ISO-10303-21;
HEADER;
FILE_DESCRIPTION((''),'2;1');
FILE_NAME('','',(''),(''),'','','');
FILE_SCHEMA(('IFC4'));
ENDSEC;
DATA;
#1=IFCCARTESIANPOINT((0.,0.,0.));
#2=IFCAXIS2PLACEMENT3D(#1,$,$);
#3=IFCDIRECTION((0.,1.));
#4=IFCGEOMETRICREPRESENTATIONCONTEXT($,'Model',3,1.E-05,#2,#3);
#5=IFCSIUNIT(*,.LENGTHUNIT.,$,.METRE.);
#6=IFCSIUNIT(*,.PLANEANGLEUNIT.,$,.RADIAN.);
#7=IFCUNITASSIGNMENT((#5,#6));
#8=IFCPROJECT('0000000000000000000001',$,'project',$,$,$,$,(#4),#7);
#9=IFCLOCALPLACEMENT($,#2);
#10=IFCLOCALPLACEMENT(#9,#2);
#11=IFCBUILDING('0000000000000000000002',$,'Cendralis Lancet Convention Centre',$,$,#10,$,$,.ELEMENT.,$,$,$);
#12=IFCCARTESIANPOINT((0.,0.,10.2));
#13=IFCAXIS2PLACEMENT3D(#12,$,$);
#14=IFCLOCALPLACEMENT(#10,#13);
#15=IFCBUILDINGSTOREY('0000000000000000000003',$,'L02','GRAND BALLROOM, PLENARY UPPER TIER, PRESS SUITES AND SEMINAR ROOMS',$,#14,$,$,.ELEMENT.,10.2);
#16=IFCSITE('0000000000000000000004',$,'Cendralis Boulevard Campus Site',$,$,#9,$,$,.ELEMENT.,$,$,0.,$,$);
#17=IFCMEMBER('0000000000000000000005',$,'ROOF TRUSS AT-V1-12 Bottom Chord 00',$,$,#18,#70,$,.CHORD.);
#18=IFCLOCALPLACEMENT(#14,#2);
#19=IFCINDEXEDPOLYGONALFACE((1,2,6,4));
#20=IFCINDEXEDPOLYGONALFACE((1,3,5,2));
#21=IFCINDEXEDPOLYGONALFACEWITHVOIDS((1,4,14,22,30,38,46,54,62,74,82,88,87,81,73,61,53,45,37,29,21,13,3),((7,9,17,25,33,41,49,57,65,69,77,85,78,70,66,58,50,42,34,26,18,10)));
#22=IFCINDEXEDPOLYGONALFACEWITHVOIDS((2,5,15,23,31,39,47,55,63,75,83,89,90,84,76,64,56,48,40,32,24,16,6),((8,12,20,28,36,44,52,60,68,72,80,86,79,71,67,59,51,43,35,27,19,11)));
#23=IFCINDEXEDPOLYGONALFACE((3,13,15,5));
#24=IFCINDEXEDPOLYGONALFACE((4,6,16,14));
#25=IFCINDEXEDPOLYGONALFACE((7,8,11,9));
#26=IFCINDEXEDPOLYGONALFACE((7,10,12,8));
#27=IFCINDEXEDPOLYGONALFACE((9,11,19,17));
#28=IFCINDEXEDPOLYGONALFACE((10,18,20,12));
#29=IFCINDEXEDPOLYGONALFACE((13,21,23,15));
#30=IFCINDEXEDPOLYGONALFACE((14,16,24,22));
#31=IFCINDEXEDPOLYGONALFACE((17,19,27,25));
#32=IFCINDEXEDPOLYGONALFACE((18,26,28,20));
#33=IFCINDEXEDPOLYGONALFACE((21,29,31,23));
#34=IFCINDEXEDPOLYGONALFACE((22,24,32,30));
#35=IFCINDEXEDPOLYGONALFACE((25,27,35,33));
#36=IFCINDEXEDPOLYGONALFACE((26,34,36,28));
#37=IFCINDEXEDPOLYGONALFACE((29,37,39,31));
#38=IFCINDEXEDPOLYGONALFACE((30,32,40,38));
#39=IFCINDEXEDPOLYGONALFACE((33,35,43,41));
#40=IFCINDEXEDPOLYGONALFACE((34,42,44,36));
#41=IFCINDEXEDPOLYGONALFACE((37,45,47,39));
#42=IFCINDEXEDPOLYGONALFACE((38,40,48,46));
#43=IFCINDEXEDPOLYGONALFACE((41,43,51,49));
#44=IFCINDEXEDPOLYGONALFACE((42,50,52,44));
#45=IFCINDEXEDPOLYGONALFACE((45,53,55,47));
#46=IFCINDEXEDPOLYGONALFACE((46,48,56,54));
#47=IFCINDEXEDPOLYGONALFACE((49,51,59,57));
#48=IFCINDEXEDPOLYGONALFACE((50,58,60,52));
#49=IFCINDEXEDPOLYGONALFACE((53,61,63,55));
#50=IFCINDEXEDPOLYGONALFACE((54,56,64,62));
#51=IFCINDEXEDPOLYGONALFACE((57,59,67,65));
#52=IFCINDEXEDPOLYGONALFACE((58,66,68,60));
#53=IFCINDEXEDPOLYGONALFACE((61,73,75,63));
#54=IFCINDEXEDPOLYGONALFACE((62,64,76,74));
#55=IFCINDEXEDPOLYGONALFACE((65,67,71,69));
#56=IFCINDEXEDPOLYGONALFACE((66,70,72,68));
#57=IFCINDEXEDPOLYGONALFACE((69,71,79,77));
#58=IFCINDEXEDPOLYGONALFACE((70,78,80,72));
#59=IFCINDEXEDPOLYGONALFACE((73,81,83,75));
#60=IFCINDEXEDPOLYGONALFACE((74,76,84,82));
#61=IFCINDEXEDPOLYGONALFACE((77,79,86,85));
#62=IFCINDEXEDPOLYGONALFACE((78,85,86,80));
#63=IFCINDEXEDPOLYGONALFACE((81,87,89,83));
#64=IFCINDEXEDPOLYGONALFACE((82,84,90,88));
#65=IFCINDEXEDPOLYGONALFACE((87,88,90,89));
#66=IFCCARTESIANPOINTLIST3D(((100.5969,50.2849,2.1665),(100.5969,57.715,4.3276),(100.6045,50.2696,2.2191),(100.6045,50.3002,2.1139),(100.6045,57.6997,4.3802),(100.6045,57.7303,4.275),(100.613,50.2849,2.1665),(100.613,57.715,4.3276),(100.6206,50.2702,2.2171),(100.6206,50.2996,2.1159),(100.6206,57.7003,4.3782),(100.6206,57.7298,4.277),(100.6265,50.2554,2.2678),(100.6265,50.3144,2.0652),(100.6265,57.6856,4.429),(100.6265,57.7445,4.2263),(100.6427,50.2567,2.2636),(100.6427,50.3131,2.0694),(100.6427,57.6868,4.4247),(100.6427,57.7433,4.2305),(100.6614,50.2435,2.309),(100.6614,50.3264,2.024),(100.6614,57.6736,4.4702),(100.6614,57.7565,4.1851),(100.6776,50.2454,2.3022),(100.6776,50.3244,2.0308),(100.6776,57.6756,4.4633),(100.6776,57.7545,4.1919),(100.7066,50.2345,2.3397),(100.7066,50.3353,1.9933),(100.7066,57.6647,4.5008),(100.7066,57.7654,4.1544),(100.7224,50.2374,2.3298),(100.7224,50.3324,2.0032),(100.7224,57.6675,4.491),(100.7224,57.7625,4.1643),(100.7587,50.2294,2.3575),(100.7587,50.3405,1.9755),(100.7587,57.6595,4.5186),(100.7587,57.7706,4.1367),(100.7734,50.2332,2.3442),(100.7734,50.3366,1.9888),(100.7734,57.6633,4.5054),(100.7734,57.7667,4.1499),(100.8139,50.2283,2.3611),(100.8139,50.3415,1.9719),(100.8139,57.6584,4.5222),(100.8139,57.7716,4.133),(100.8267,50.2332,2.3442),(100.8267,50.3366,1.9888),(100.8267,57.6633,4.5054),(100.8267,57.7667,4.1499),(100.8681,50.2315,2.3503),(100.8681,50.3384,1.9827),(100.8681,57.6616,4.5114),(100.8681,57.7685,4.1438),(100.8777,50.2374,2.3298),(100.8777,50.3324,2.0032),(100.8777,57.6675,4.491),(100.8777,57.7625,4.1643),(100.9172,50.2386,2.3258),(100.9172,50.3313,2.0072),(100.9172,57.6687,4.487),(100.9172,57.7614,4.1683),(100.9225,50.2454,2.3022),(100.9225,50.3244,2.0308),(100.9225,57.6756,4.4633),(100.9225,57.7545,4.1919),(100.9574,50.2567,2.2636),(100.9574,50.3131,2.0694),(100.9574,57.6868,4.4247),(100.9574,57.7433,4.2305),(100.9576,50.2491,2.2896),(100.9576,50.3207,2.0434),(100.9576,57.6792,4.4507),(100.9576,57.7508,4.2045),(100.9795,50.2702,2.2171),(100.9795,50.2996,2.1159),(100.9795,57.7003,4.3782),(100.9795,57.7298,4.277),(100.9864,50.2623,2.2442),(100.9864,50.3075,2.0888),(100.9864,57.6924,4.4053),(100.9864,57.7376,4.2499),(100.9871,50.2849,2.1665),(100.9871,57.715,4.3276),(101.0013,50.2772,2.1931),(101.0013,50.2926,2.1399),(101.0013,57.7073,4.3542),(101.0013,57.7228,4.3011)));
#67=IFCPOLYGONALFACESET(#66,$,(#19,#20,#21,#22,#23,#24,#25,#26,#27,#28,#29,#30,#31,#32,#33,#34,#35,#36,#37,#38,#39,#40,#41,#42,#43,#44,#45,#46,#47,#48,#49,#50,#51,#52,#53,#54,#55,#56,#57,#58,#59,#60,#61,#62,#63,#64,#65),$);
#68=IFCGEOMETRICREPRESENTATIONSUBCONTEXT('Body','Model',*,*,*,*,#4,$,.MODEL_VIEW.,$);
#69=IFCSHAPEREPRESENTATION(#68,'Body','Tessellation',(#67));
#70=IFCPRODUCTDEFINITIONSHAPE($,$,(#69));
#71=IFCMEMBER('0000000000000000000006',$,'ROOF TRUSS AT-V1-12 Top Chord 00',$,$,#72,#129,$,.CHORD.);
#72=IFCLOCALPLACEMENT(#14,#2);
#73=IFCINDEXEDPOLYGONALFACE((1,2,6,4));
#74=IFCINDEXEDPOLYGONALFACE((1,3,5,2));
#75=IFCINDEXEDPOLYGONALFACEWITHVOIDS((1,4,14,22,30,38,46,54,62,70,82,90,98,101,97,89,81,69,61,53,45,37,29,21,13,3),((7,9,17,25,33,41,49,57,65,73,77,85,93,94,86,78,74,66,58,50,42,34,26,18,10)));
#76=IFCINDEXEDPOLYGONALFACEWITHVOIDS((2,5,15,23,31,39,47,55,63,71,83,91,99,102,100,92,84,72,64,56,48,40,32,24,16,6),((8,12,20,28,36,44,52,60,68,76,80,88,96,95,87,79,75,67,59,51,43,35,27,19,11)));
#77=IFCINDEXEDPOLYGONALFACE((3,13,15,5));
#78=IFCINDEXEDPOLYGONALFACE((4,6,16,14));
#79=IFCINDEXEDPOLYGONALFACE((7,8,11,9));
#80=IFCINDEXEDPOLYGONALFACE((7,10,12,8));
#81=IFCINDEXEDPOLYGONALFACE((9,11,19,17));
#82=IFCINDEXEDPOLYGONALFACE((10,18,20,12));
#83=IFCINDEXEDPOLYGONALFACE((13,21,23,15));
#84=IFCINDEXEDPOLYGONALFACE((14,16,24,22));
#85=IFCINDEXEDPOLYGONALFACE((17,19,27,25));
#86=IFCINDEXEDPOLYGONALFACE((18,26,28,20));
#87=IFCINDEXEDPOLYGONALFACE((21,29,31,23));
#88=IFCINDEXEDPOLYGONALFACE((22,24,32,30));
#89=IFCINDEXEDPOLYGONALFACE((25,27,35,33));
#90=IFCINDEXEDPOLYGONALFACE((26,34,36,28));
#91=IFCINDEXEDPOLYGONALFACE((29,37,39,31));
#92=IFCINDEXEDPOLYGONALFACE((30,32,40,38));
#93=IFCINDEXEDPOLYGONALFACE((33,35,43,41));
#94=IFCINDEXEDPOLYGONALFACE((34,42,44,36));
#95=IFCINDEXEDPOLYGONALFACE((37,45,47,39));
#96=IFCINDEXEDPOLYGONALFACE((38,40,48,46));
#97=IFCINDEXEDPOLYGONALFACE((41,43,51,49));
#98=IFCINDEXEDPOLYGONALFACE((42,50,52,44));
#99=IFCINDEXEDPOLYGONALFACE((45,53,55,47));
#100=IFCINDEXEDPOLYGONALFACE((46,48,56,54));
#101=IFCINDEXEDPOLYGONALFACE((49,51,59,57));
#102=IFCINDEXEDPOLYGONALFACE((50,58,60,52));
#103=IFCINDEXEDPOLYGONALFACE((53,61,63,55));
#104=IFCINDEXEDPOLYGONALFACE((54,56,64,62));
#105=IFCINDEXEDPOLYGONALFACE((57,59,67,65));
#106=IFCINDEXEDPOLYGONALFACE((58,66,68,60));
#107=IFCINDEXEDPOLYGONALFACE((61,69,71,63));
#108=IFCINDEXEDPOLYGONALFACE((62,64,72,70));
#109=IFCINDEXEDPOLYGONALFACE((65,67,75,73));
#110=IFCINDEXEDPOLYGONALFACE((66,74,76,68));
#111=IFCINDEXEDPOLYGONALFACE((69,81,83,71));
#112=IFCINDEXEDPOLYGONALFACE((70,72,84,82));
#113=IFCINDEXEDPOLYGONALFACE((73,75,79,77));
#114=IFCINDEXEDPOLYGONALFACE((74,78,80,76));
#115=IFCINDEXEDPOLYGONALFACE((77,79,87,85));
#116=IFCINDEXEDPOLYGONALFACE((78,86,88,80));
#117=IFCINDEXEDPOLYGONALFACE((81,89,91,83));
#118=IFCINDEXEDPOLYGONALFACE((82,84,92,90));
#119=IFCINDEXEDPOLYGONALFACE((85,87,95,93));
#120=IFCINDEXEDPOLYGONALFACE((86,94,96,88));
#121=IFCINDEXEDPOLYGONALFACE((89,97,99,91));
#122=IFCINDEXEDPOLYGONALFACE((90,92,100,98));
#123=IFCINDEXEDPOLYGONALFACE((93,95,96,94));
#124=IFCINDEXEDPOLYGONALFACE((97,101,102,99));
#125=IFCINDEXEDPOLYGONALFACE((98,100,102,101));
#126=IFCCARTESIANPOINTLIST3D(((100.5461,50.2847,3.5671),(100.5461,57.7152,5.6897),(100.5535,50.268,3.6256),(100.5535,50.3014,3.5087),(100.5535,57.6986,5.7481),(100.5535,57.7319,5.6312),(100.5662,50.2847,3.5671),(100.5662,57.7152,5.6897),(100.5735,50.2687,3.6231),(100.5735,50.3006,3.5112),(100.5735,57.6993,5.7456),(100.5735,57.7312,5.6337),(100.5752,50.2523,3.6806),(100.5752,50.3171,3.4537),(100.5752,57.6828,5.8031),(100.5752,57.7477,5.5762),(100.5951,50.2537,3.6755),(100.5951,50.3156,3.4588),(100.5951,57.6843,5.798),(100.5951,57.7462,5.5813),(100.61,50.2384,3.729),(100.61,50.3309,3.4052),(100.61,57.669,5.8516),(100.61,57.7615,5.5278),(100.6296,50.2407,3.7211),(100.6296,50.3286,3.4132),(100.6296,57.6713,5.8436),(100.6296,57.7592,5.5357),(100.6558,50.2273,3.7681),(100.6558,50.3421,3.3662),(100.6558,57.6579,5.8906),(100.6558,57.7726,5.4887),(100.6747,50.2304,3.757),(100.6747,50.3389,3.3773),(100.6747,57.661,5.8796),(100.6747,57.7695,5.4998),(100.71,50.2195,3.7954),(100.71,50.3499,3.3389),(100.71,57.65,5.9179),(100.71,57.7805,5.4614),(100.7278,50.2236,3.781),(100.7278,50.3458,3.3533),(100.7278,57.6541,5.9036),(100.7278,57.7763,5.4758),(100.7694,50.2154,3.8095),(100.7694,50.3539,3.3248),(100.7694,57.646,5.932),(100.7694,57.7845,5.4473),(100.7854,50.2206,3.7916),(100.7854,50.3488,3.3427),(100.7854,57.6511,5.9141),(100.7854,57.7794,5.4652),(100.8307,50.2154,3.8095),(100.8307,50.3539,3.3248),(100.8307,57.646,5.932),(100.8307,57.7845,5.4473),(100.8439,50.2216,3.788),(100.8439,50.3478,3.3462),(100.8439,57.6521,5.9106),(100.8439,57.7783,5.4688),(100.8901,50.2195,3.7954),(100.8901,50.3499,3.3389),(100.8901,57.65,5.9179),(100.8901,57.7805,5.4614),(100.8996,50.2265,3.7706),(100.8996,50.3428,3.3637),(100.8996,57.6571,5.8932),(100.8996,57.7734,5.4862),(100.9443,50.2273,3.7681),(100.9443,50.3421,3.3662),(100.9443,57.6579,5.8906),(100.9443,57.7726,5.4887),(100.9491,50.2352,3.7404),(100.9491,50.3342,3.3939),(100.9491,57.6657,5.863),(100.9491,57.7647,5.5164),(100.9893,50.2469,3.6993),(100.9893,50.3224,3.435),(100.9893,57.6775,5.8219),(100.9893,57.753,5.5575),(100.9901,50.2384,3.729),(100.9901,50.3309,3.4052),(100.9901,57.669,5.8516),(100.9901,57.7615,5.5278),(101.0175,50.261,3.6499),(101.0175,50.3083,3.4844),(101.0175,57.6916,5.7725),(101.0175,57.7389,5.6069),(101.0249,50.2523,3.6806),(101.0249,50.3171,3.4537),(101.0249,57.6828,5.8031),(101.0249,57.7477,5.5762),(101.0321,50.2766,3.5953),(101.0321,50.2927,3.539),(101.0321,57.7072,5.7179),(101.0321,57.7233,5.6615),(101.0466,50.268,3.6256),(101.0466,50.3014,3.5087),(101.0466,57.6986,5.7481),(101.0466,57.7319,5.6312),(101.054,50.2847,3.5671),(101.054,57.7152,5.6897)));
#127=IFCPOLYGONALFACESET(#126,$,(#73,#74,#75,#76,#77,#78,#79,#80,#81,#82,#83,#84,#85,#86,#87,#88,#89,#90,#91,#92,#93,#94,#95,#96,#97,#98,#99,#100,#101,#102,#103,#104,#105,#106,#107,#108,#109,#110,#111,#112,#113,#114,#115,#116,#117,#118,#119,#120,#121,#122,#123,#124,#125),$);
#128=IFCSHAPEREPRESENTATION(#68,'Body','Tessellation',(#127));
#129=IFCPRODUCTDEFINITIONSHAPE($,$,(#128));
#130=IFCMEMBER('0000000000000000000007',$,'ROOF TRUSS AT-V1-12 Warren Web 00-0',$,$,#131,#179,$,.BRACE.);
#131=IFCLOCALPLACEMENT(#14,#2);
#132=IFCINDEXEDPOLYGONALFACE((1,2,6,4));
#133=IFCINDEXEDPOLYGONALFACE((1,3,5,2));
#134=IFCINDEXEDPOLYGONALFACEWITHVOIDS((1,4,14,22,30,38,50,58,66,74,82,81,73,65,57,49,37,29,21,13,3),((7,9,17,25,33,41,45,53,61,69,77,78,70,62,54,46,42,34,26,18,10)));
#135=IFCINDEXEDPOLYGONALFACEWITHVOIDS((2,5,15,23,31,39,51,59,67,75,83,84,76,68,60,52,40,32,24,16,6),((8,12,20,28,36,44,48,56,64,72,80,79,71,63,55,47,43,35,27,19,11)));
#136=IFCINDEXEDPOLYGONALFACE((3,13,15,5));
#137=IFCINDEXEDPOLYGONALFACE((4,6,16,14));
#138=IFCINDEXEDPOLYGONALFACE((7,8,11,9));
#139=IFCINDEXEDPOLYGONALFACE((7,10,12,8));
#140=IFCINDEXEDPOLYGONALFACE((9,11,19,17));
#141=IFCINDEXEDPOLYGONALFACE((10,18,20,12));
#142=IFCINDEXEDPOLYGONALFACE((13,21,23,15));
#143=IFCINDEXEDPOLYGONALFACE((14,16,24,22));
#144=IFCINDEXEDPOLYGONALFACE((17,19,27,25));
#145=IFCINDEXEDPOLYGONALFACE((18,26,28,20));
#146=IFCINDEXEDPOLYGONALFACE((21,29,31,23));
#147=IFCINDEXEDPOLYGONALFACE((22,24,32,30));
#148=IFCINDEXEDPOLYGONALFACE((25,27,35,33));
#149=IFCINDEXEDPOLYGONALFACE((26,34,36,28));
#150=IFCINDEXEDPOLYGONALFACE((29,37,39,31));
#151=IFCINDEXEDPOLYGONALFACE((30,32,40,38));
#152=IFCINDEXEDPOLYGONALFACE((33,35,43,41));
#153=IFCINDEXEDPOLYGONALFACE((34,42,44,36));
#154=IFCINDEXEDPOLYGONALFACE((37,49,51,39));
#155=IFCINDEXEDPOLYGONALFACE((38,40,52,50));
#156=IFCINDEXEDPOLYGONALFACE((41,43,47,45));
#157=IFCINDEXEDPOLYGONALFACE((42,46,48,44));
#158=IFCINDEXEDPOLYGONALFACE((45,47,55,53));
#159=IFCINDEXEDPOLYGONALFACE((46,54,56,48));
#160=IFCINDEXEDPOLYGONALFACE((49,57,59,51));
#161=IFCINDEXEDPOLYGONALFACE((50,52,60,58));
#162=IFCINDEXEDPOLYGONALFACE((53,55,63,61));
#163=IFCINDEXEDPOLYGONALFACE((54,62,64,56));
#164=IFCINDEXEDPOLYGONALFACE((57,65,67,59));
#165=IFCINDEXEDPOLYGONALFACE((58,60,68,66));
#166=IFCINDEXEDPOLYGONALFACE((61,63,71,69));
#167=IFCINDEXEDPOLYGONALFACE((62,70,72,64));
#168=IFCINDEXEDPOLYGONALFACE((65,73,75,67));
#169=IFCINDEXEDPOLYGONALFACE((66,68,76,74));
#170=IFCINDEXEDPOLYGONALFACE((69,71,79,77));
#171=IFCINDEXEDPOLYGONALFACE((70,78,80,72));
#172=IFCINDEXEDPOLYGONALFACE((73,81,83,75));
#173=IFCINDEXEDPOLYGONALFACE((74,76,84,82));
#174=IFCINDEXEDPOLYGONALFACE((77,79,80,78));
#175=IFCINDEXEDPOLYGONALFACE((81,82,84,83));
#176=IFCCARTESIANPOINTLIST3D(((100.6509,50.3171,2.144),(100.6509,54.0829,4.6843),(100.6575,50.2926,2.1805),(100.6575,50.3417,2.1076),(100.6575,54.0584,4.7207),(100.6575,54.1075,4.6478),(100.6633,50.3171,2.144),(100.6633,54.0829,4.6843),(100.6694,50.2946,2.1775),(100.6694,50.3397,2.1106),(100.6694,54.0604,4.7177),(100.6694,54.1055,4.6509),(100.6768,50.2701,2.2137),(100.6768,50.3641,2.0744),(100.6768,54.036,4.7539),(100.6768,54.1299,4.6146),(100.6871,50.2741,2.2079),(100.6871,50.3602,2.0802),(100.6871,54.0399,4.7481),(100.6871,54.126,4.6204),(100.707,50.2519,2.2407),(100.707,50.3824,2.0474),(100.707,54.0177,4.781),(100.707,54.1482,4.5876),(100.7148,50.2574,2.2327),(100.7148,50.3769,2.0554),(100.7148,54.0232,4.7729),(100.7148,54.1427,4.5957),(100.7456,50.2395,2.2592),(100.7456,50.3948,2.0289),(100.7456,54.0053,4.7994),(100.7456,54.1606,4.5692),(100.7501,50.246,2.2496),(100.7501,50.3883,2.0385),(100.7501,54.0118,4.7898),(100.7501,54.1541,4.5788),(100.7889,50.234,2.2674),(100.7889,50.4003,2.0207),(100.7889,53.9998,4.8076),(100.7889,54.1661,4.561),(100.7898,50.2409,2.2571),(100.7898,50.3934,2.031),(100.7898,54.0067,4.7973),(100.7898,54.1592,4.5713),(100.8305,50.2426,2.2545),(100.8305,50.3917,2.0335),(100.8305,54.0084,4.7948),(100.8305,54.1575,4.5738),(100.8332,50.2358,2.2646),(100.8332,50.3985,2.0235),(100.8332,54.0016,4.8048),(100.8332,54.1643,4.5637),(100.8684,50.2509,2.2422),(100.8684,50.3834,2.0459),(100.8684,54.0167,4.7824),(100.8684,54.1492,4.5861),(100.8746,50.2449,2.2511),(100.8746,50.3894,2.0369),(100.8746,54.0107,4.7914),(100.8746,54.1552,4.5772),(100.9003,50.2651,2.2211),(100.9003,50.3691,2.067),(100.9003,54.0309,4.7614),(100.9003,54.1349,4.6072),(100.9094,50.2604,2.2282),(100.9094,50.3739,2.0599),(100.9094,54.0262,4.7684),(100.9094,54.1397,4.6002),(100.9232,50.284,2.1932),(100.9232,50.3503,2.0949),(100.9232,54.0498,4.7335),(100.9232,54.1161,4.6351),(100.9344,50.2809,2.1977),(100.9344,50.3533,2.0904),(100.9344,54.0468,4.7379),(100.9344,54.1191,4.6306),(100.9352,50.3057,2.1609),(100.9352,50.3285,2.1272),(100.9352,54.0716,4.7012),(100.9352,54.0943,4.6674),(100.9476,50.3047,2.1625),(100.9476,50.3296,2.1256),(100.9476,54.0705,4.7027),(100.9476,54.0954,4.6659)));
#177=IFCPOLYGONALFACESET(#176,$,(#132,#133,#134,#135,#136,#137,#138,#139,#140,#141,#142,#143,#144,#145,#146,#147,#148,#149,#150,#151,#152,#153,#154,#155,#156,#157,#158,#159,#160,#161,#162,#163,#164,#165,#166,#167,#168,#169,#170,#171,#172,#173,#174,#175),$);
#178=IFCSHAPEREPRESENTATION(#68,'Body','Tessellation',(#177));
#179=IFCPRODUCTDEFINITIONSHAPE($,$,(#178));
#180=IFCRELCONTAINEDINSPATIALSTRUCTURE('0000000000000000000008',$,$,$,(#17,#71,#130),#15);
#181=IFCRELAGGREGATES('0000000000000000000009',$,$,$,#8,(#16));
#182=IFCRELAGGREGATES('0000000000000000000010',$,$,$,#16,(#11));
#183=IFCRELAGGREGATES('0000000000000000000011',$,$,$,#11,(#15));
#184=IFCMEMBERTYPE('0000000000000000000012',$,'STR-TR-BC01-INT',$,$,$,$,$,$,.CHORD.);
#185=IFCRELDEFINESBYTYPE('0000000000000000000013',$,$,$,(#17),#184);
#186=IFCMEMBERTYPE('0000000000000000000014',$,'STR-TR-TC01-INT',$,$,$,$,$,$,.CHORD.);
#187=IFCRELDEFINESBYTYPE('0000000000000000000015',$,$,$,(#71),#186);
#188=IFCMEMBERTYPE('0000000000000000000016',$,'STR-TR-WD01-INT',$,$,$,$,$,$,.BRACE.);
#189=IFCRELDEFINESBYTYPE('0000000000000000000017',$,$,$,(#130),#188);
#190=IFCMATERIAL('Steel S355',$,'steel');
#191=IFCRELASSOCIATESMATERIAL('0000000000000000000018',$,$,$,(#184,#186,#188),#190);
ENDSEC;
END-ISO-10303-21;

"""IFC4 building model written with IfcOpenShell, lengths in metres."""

from ifc_helpers import new_model, si_unit, direction, frame, origin, origin_2d, place, context, subcontext, project, spatial, hollow_circle, extrude, material, material_profile, profile_set, type_object, element, save


model = new_model("IFC4")

# Units and contexts
model_context = context("Model", 3, precision=1e-05, world=origin(), true_north=direction((0.0, 1.0)))
body_context = subcontext(model_context, "Body", "Model", "MODEL_VIEW")
ifc_project = project(units=[si_unit("LENGTHUNIT", "METRE"), si_unit("PLANEANGLEUNIT", "RADIAN")], contexts=[model_context])

# Site, building, storey
site_placement = place(None, origin())
site = spatial("IfcSite", under=ifc_project, at=site_placement, Name="Cendralis Boulevard Campus Site", CompositionType="ELEMENT", RefElevation=0.0)
building_placement = place(site_placement, origin())
building = spatial("IfcBuilding", under=site, at=building_placement, Name="Cendralis Lancet Convention Centre", CompositionType="ELEMENT")
storey_placement = place(building_placement, frame((0.0, 0.0, 10.2)))
storey = spatial("IfcBuildingStorey", under=building, at=storey_placement, Name="L02", Description="GRAND BALLROOM, PLENARY UPPER TIER, PRESS SUITES AND SEMINAR ROOMS", CompositionType="ELEMENT", Elevation=10.2)

# Shared definitions
ifc_material_1 = material(Name="Steel S355", Category="steel")

# Members
ifc_material_profile_1 = material_profile(ifc_material_1, hollow_circle(Radius=0.2031, WallThickness=0.0161, at=origin_2d()), Name="CHS 406.4x16.0")
ifc_profile_set_1 = profile_set([ifc_material_profile_1], Name="Steel S355")
member_type_1 = type_object("IfcMemberType", Name="STR-TR-BC01-INT", PredefinedType="CHORD", material=ifc_profile_set_1)
member_1_placement = place(storey_placement, frame((100.8, 50.2849, 2.1665), z_axis=(0.0, 0.960208, 0.279285), x_axis=(-1.0, 0.0, 0.0)))
element("IfcMember", 1, at=member_1_placement, inside=storey, type_object=member_type_1, Name="ROOF TRUSS AT-V1-12 Bottom Chord 00", PredefinedType="CHORD", context=body_context, shape_type="SweptSolid", body=[
    extrude(hollow_circle(Radius=0.2031, WallThickness=0.0161, at=origin_2d()), origin(), (0.0, 0.0, 1.0), 7.738),
])
ifc_material_profile_2 = material_profile(ifc_material_1, hollow_circle(Radius=0.2539, WallThickness=0.02, at=origin_2d()), Name="CHS 508.0x20.0")
ifc_profile_set_2 = profile_set([ifc_material_profile_2], Name="Steel S355")
member_type_2 = type_object("IfcMemberType", Name="STR-TR-TC01-INT", PredefinedType="CHORD", material=ifc_profile_set_2)
member_2_placement = place(storey_placement, frame((100.8, 50.2847, 3.5671), z_axis=(0.0, 0.961541, 0.274663), x_axis=(-1.0, 0.0, 0.0)))
element("IfcMember", 2, at=member_2_placement, inside=storey, type_object=member_type_2, Name="ROOF TRUSS AT-V1-12 Top Chord 00", PredefinedType="CHORD", context=body_context, shape_type="SweptSolid", body=[
    extrude(hollow_circle(Radius=0.2539, WallThickness=0.02, at=origin_2d()), origin(), (0.0, 0.0, 1.0), 7.7278),
])
ifc_material_profile_3 = material_profile(ifc_material_1, hollow_circle(Radius=0.1492, WallThickness=0.0125, at=origin_2d()), Name="CHS 298.5x12.5")
ifc_profile_set_3 = profile_set([ifc_material_profile_3], Name="Steel S355")
member_type_3 = type_object("IfcMemberType", Name="STR-TR-WD01-INT", PredefinedType="BRACE", material=ifc_profile_set_3)
member_3_placement = place(storey_placement, frame((100.8, 50.3171, 2.144), z_axis=(0.0, 0.82902, 0.559219), x_axis=(-1.0, 0.0, 0.0)))
element("IfcMember", 3, at=member_3_placement, inside=storey, type_object=member_type_3, Name="ROOF TRUSS AT-V1-12 Warren Web 00-0", PredefinedType="BRACE", context=body_context, shape_type="SweptSolid", body=[
    extrude(hollow_circle(Radius=0.1492, WallThickness=0.0125, at=origin_2d()), origin(), (0.0, 0.0, 1.0), 4.5425),
])

save(model, "model.ifc")
